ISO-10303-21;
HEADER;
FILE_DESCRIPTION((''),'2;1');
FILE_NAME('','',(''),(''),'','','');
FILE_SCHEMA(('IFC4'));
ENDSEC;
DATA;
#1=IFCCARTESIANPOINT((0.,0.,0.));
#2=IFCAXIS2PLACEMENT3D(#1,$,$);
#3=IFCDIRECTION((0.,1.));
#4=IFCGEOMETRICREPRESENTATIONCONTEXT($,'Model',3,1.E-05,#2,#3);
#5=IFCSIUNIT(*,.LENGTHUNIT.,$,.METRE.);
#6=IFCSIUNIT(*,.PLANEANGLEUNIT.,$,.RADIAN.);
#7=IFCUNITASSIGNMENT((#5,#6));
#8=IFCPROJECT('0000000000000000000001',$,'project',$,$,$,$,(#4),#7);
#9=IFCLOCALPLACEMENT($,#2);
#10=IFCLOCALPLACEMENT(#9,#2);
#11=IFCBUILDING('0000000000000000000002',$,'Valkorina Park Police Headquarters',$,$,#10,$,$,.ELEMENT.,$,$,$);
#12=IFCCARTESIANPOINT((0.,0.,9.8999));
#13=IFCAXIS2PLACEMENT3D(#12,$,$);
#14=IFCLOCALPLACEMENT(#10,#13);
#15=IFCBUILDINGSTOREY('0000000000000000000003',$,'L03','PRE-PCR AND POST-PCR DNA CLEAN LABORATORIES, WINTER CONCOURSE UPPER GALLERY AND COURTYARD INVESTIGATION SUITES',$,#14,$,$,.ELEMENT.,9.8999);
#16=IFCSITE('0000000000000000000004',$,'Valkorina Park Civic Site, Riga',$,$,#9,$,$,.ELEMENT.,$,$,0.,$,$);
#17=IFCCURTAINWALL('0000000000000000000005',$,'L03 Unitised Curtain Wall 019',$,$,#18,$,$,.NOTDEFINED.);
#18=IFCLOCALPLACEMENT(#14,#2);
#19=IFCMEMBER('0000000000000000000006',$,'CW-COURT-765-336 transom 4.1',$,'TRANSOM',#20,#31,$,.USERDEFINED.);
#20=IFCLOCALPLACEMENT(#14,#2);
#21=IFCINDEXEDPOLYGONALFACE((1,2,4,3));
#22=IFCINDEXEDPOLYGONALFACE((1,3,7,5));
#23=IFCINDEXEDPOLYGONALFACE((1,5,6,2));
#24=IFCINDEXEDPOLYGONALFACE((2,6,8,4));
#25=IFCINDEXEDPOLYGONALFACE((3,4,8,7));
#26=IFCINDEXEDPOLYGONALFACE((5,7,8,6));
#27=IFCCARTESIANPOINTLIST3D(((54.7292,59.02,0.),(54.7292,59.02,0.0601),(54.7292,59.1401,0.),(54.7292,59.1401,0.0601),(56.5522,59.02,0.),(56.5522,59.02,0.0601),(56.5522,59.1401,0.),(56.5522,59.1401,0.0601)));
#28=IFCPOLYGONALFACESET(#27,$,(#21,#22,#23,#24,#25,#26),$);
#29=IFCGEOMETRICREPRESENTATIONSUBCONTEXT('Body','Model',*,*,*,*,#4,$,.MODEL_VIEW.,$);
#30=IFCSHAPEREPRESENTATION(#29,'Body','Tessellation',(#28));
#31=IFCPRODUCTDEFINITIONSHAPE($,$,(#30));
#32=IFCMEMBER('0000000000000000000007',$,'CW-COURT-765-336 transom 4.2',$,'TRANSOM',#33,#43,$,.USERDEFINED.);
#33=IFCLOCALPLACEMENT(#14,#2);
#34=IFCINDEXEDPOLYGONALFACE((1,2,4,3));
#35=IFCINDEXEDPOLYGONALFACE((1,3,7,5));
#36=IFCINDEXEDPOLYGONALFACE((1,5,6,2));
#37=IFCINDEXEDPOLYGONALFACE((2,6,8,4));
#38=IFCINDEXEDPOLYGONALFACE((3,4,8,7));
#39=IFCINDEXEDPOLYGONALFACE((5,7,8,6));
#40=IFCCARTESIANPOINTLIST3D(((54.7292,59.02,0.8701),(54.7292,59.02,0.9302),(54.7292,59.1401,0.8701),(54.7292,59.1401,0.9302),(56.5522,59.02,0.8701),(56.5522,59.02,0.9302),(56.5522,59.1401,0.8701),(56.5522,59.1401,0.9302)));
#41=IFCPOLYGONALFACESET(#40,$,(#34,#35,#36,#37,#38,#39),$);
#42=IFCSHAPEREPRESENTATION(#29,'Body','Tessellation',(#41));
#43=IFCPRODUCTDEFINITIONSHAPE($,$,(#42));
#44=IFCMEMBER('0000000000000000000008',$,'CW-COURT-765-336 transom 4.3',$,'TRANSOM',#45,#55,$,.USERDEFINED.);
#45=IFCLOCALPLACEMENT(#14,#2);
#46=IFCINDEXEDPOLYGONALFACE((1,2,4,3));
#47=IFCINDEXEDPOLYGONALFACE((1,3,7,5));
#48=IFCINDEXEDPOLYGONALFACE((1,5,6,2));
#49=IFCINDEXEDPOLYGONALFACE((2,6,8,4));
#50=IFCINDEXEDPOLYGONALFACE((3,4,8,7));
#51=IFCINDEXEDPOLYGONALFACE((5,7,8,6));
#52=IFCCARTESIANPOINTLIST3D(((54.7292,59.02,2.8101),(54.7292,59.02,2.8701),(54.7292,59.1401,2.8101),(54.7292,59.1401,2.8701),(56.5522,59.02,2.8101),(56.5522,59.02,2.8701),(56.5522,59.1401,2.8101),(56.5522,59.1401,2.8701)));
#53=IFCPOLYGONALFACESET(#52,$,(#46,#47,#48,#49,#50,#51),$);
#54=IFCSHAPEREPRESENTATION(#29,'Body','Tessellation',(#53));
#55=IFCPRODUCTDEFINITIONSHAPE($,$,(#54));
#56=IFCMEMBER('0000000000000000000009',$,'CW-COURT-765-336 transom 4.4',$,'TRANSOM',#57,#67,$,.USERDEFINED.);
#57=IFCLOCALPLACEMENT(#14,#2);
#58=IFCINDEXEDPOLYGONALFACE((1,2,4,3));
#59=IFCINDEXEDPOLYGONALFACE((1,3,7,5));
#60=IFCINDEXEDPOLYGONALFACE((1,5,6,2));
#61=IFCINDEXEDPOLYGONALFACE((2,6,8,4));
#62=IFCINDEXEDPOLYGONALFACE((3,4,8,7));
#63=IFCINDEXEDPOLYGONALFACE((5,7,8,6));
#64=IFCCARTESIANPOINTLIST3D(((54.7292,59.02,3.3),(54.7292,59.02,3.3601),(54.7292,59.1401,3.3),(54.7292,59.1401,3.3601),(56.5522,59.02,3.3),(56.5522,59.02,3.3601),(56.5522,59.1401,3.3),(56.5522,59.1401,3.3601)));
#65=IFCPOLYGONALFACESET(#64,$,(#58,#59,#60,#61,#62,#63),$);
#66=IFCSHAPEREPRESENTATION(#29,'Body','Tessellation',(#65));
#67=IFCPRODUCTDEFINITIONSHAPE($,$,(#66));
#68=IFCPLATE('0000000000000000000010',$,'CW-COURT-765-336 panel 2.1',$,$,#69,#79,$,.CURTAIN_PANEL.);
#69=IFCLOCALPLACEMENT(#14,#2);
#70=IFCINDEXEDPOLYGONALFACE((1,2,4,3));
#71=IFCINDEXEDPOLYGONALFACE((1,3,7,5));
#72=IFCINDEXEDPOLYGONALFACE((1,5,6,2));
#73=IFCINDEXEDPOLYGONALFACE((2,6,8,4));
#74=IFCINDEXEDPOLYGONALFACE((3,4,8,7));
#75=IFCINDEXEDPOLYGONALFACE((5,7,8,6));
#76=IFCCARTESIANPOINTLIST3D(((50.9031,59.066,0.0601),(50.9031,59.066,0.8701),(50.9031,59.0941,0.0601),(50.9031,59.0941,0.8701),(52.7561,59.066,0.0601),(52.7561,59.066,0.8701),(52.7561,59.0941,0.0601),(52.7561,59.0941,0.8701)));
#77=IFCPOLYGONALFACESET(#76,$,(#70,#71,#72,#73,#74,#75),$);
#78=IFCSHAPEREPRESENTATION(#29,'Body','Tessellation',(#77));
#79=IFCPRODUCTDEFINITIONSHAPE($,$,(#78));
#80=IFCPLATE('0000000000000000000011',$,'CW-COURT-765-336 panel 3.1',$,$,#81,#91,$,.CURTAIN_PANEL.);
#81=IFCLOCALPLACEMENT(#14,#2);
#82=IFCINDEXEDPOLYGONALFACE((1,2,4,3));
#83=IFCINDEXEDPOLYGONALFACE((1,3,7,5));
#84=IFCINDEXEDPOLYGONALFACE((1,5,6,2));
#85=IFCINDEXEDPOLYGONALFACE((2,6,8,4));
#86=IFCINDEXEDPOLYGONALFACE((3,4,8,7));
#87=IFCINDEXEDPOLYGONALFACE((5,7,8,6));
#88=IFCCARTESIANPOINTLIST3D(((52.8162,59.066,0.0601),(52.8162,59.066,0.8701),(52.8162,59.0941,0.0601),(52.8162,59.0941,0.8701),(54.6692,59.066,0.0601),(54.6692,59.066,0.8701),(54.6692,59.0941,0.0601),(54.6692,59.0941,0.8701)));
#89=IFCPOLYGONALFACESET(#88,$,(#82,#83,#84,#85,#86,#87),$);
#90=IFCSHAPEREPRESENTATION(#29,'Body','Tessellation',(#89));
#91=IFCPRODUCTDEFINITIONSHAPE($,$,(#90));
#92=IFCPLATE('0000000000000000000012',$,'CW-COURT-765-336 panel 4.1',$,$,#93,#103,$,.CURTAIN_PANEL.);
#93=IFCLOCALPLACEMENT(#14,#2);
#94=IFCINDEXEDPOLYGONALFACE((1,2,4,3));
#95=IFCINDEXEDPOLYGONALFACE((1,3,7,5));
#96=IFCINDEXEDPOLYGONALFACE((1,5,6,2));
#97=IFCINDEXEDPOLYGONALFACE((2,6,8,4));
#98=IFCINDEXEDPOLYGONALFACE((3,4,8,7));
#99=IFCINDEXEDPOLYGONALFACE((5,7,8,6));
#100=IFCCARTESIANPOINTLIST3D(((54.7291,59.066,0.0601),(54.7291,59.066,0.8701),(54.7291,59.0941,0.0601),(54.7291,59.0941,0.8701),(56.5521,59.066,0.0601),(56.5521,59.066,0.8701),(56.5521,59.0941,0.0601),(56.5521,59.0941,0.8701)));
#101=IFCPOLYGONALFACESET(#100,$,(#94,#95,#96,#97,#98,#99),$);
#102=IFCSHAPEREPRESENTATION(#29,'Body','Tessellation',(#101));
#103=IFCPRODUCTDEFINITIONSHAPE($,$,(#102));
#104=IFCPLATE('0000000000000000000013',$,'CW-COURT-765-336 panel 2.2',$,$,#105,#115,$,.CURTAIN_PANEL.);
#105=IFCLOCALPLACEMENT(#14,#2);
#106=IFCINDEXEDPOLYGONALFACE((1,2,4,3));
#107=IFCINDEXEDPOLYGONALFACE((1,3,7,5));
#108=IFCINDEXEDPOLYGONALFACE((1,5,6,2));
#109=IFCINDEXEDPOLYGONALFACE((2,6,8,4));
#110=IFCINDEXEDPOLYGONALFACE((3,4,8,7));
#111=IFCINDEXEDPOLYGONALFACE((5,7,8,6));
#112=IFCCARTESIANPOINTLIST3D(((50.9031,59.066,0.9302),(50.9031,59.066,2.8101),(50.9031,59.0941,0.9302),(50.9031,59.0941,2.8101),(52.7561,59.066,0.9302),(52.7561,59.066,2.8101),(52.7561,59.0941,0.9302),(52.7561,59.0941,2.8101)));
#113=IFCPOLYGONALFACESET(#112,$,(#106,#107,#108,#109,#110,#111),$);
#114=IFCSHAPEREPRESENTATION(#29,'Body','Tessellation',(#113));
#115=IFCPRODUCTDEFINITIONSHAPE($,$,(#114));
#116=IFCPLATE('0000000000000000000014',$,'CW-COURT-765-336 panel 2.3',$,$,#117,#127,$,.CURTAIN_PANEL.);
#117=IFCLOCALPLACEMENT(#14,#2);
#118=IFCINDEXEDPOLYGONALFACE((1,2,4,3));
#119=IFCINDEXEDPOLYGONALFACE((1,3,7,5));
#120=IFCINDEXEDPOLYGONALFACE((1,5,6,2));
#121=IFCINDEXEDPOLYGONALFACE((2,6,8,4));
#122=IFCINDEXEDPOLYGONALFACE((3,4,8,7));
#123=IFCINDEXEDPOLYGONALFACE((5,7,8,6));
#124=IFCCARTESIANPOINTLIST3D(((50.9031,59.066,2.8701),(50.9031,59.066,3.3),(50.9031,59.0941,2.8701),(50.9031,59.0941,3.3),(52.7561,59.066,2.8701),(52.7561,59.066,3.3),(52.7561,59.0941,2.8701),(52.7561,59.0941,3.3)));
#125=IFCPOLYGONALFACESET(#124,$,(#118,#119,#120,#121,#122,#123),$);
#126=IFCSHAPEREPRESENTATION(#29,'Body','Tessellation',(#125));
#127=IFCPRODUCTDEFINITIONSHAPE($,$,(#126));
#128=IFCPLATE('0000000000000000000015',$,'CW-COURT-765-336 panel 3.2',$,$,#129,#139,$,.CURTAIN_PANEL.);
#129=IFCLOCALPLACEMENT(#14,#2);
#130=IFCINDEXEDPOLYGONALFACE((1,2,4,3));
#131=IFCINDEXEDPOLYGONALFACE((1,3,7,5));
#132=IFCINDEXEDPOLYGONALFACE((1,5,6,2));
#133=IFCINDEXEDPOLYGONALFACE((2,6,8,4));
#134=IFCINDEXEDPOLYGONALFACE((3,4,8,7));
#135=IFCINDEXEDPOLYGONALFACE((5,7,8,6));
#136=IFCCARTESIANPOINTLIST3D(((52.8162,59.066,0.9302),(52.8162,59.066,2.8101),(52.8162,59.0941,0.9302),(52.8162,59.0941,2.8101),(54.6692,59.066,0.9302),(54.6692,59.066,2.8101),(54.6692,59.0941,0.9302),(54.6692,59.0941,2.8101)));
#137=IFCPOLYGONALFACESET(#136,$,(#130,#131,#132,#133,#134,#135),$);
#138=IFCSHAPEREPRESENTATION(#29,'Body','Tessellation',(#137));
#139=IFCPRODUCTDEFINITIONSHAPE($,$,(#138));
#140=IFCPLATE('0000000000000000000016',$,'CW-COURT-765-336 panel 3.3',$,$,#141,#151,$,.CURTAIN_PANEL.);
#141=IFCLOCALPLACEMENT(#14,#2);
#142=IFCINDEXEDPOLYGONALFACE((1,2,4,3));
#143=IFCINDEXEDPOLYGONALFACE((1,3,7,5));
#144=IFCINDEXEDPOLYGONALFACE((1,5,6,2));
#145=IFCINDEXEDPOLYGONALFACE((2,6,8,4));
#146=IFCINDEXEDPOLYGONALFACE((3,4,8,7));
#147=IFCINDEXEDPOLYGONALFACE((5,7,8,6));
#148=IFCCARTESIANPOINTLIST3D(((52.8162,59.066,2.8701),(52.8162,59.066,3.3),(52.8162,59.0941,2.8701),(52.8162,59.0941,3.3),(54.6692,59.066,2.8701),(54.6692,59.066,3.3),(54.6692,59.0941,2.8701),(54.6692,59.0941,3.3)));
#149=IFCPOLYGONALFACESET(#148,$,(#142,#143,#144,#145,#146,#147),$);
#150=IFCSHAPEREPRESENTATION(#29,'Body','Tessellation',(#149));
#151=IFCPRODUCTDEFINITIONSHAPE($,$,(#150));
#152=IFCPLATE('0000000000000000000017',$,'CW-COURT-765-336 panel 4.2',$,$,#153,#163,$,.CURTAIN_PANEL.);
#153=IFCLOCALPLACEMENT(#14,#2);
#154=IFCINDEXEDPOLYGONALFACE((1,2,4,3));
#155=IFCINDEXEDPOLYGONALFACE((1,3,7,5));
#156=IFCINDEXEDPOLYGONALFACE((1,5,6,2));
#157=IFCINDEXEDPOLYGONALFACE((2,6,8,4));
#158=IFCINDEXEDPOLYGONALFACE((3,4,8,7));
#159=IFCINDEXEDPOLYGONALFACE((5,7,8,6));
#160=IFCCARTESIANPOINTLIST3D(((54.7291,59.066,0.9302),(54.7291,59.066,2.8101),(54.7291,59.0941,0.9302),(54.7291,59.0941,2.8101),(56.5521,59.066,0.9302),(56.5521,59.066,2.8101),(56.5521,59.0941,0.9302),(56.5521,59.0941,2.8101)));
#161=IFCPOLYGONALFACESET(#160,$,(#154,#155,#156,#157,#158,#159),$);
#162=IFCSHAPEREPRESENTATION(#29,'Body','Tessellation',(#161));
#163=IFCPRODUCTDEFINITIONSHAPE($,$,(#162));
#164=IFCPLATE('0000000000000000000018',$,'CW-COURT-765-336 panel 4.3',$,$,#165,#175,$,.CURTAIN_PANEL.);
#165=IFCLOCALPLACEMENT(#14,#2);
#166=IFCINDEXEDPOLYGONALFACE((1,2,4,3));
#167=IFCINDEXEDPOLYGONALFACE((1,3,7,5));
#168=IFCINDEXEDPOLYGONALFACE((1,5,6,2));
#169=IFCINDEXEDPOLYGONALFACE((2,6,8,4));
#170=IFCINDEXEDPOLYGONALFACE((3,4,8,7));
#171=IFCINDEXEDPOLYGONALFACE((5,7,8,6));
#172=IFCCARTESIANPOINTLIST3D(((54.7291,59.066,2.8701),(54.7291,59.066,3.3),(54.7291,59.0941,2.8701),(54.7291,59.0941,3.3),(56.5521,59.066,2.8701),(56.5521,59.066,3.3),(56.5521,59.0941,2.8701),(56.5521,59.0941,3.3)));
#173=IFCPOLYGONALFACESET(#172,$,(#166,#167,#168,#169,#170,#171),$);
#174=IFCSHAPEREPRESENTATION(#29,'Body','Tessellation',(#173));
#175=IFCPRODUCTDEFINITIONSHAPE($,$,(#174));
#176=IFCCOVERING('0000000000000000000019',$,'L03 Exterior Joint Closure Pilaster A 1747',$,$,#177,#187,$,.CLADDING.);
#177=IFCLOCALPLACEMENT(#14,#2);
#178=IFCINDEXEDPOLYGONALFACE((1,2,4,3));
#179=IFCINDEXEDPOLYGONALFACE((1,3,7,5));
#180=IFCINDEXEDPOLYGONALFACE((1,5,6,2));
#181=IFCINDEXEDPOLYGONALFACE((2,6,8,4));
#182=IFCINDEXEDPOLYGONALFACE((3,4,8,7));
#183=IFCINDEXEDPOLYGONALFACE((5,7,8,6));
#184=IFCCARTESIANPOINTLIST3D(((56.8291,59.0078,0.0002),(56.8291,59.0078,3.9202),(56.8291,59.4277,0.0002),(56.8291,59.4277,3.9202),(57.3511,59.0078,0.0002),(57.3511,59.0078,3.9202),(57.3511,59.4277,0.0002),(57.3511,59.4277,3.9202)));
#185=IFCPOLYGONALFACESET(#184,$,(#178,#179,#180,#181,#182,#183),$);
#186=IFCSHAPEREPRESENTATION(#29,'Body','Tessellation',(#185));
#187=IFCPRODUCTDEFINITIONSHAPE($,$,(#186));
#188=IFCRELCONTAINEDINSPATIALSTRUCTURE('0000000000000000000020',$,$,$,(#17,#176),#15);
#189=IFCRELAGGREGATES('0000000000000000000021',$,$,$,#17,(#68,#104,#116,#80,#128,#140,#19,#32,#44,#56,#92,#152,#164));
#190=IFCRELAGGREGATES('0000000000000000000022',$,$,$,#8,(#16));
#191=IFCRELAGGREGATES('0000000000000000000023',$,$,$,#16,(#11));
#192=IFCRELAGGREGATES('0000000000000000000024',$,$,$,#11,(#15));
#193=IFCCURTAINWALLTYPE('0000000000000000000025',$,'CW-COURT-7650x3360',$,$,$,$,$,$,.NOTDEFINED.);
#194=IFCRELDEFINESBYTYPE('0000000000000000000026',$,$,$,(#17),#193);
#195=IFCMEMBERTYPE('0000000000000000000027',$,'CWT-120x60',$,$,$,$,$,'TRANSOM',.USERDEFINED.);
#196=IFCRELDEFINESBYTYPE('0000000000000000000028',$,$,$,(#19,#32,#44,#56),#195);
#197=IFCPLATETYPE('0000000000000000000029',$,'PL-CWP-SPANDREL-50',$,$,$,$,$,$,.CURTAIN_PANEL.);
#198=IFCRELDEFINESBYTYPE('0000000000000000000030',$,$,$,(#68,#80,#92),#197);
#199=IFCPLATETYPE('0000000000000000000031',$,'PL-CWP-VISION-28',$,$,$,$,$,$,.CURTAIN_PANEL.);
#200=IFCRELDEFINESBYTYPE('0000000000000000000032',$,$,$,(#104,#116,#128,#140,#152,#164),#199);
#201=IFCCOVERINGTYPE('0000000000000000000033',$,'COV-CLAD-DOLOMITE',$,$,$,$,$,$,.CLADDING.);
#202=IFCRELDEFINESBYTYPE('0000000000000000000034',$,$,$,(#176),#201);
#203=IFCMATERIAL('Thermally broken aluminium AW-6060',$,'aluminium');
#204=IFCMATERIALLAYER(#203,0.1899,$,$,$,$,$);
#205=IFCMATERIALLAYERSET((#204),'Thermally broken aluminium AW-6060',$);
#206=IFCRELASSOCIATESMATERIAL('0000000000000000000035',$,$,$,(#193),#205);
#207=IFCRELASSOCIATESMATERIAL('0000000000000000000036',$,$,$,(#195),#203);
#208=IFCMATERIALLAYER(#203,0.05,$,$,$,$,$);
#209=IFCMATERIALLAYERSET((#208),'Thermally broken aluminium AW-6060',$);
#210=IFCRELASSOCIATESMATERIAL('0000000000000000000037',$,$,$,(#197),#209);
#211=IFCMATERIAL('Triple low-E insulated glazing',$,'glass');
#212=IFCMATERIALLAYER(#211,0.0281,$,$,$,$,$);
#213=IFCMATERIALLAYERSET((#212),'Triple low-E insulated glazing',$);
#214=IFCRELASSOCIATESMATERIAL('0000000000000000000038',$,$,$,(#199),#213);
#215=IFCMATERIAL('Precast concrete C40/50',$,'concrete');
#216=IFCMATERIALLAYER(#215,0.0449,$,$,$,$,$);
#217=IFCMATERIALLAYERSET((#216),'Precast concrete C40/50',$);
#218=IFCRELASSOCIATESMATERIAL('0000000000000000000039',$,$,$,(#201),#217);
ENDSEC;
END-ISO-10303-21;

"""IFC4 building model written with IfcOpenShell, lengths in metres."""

from ifc_helpers import new_model, si_unit, direction, frame, origin, origin_2d, place, context, subcontext, project, spatial, rectangle, extrude, material, layer, layer_set, material_profile, profile_set, type_object, element, aggregate, save


model = new_model("IFC4")

# Units and contexts
model_context = context("Model", 3, precision=1e-05, world=origin(), true_north=direction((0.0, 1.0)))
body_context = subcontext(model_context, "Body", "Model", "MODEL_VIEW")
ifc_project = project(units=[si_unit("LENGTHUNIT", "METRE"), si_unit("PLANEANGLEUNIT", "RADIAN")], contexts=[model_context])

# Site, building, storey
site_placement = place(None, origin())
site = spatial("IfcSite", under=ifc_project, at=site_placement, Name="Valkorina Park Civic Site, Riga", CompositionType="ELEMENT", RefElevation=0.0)
building_placement = place(site_placement, origin())
building = spatial("IfcBuilding", under=site, at=building_placement, Name="Valkorina Park Police Headquarters", CompositionType="ELEMENT")
storey_placement = place(building_placement, frame((0.0, 0.0, 9.8999)))
storey = spatial("IfcBuildingStorey", under=building, at=storey_placement, Name="L03", Description="PRE-PCR AND POST-PCR DNA CLEAN LABORATORIES, WINTER CONCOURSE UPPER GALLERY AND COURTYARD INVESTIGATION SUITES", CompositionType="ELEMENT", Elevation=9.8999)

# Curtain wall, members, plates
ifc_material_1 = material(Name="Thermally broken aluminium AW-6060", Category="aluminium")
ifc_layer_1 = layer(ifc_material_1, 0.1899)
ifc_layer_set_1 = layer_set([ifc_layer_1], Name="Thermally broken aluminium AW-6060")
curtain_wall_type = type_object("IfcCurtainWallType", Name="CW-COURT-7650x3360", PredefinedType="NOTDEFINED", material=ifc_layer_set_1)
curtain_wall_placement = place(storey_placement, origin())
curtain_wall = element("IfcCurtainWall", 1, at=curtain_wall_placement, inside=storey, type_object=curtain_wall_type, Name="L03 Unitised Curtain Wall 019", PredefinedType="NOTDEFINED")
ifc_material_profile_1 = material_profile(ifc_material_1, rectangle(XDim=0.1201, YDim=0.0601, at=origin_2d()), Name="CWT-01 120x60")
ifc_profile_set_1 = profile_set([ifc_material_profile_1], Name="Thermally broken aluminium AW-6060")
member_type_1 = type_object("IfcMemberType", Name="CWT-120x60", ElementType="TRANSOM", PredefinedType="USERDEFINED", material=ifc_profile_set_1)
member_1_placement = place(storey_placement, frame((54.7292, 59.0801, 0.03), z_axis=(1.0, 0.0, 0.0), x_axis=(0.0, 1.0, 0.0)))
member_1 = element("IfcMember", 2, at=member_1_placement, type_object=member_type_1, Name="CW-COURT-765-336 transom 4.1", ObjectType="TRANSOM", PredefinedType="USERDEFINED", context=body_context, shape_type="SweptSolid", body=[
    extrude(rectangle(XDim=0.1201, YDim=0.0601, at=origin_2d()), origin(), (0.0, 0.0, 1.0), 1.823),
])
member_2_placement = place(storey_placement, frame((54.7292, 59.0801, 0.9001), z_axis=(1.0, 0.0, 0.0), x_axis=(0.0, 1.0, 0.0)))
member_2 = element("IfcMember", 3, at=member_2_placement, type_object=member_type_1, Name="CW-COURT-765-336 transom 4.2", ObjectType="TRANSOM", PredefinedType="USERDEFINED", context=body_context, shape_type="SweptSolid", body=[
    extrude(rectangle(XDim=0.1201, YDim=0.0601, at=origin_2d()), origin(), (0.0, 0.0, 1.0), 1.823),
])
member_3_placement = place(storey_placement, frame((54.7292, 59.0801, 2.8401), z_axis=(1.0, 0.0, 0.0), x_axis=(0.0, 1.0, 0.0)))
member_3 = element("IfcMember", 4, at=member_3_placement, type_object=member_type_1, Name="CW-COURT-765-336 transom 4.3", ObjectType="TRANSOM", PredefinedType="USERDEFINED", context=body_context, shape_type="SweptSolid", body=[
    extrude(rectangle(XDim=0.1201, YDim=0.0601, at=origin_2d()), origin(), (0.0, 0.0, 1.0), 1.823),
])
member_4_placement = place(storey_placement, frame((54.7292, 59.0801, 3.3301), z_axis=(1.0, 0.0, 0.0), x_axis=(0.0, 1.0, 0.0)))
member_4 = element("IfcMember", 5, at=member_4_placement, type_object=member_type_1, Name="CW-COURT-765-336 transom 4.4", ObjectType="TRANSOM", PredefinedType="USERDEFINED", context=body_context, shape_type="SweptSolid", body=[
    extrude(rectangle(XDim=0.1201, YDim=0.0601, at=origin_2d()), origin(), (0.0, 0.0, 1.0), 1.823),
])
ifc_layer_2 = layer(ifc_material_1, 0.05)
ifc_layer_set_2 = layer_set([ifc_layer_2], Name="Thermally broken aluminium AW-6060")
plate_type_1 = type_object("IfcPlateType", Name="PL-CWP-SPANDREL-50", PredefinedType="CURTAIN_PANEL", material=ifc_layer_set_2)
plate_1_placement = place(storey_placement, frame((51.8296, 59.0801, 0.0601), z_axis=(0.0, 0.0, 1.0), x_axis=(1.0, 0.0, 0.0)))
plate_1 = element("IfcPlate", 6, at=plate_1_placement, type_object=plate_type_1, Name="CW-COURT-765-336 panel 2.1", PredefinedType="CURTAIN_PANEL", context=body_context, shape_type="SweptSolid", body=[
    extrude(rectangle(XDim=1.853, YDim=0.0281, at=origin_2d()), origin(), (0.0, 0.0, 1.0), 0.8101),
])
plate_2_placement = place(storey_placement, frame((53.7427, 59.0801, 0.0601), z_axis=(0.0, 0.0, 1.0), x_axis=(1.0, 0.0, 0.0)))
plate_2 = element("IfcPlate", 7, at=plate_2_placement, type_object=plate_type_1, Name="CW-COURT-765-336 panel 3.1", PredefinedType="CURTAIN_PANEL", context=body_context, shape_type="SweptSolid", body=[
    extrude(rectangle(XDim=1.853, YDim=0.0281, at=origin_2d()), origin(), (0.0, 0.0, 1.0), 0.8101),
])
plate_3_placement = place(storey_placement, frame((55.6406, 59.0801, 0.0601), z_axis=(0.0, 0.0, 1.0), x_axis=(1.0, 0.0, 0.0)))
plate_3 = element("IfcPlate", 8, at=plate_3_placement, type_object=plate_type_1, Name="CW-COURT-765-336 panel 4.1", PredefinedType="CURTAIN_PANEL", context=body_context, shape_type="SweptSolid", body=[
    extrude(rectangle(XDim=1.823, YDim=0.0281, at=origin_2d()), origin(), (0.0, 0.0, 1.0), 0.8101),
])
ifc_material_2 = material(Name="Triple low-E insulated glazing", Category="glass")
ifc_layer_3 = layer(ifc_material_2, 0.0281)
ifc_layer_set_3 = layer_set([ifc_layer_3], Name="Triple low-E insulated glazing")
plate_type_2 = type_object("IfcPlateType", Name="PL-CWP-VISION-28", PredefinedType="CURTAIN_PANEL", material=ifc_layer_set_3)
plate_4_placement = place(storey_placement, frame((51.8296, 59.0801, 0.9302), z_axis=(0.0, 0.0, 1.0), x_axis=(1.0, 0.0, 0.0)))
plate_4 = element("IfcPlate", 9, at=plate_4_placement, type_object=plate_type_2, Name="CW-COURT-765-336 panel 2.2", PredefinedType="CURTAIN_PANEL", context=body_context, shape_type="SweptSolid", body=[
    extrude(rectangle(XDim=1.853, YDim=0.0281, at=origin_2d()), origin(), (0.0, 0.0, 1.0), 1.8799),
])
plate_5_placement = place(storey_placement, frame((51.8296, 59.0801, 2.8701), z_axis=(0.0, 0.0, 1.0), x_axis=(1.0, 0.0, 0.0)))
plate_5 = element("IfcPlate", 10, at=plate_5_placement, type_object=plate_type_2, Name="CW-COURT-765-336 panel 2.3", PredefinedType="CURTAIN_PANEL", context=body_context, shape_type="SweptSolid", body=[
    extrude(rectangle(XDim=1.853, YDim=0.0281, at=origin_2d()), origin(), (0.0, 0.0, 1.0), 0.4299),
])
plate_6_placement = place(storey_placement, frame((53.7427, 59.0801, 0.9302), z_axis=(0.0, 0.0, 1.0), x_axis=(1.0, 0.0, 0.0)))
plate_6 = element("IfcPlate", 11, at=plate_6_placement, type_object=plate_type_2, Name="CW-COURT-765-336 panel 3.2", PredefinedType="CURTAIN_PANEL", context=body_context, shape_type="SweptSolid", body=[
    extrude(rectangle(XDim=1.853, YDim=0.0281, at=origin_2d()), origin(), (0.0, 0.0, 1.0), 1.8799),
])
plate_7_placement = place(storey_placement, frame((53.7427, 59.0801, 2.8701), z_axis=(0.0, 0.0, 1.0), x_axis=(1.0, 0.0, 0.0)))
plate_7 = element("IfcPlate", 12, at=plate_7_placement, type_object=plate_type_2, Name="CW-COURT-765-336 panel 3.3", PredefinedType="CURTAIN_PANEL", context=body_context, shape_type="SweptSolid", body=[
    extrude(rectangle(XDim=1.853, YDim=0.0281, at=origin_2d()), origin(), (0.0, 0.0, 1.0), 0.4299),
])
plate_8_placement = place(storey_placement, frame((55.6406, 59.0801, 0.9302), z_axis=(0.0, 0.0, 1.0), x_axis=(1.0, 0.0, 0.0)))
plate_8 = element("IfcPlate", 13, at=plate_8_placement, type_object=plate_type_2, Name="CW-COURT-765-336 panel 4.2", PredefinedType="CURTAIN_PANEL", context=body_context, shape_type="SweptSolid", body=[
    extrude(rectangle(XDim=1.823, YDim=0.0281, at=origin_2d()), origin(), (0.0, 0.0, 1.0), 1.8799),
])
plate_9_placement = place(storey_placement, frame((55.6406, 59.0801, 2.8701), z_axis=(0.0, 0.0, 1.0), x_axis=(1.0, 0.0, 0.0)))
plate_9 = element("IfcPlate", 14, at=plate_9_placement, type_object=plate_type_2, Name="CW-COURT-765-336 panel 4.3", PredefinedType="CURTAIN_PANEL", context=body_context, shape_type="SweptSolid", body=[
    extrude(rectangle(XDim=1.823, YDim=0.0281, at=origin_2d()), origin(), (0.0, 0.0, 1.0), 0.4299),
])
aggregate(curtain_wall, [plate_1, plate_4, plate_5, plate_2, plate_6, plate_7, member_1, member_2, member_3, member_4, plate_3, plate_8, plate_9])

# Covering
ifc_material_3 = material(Name="Precast concrete C40/50", Category="concrete")
ifc_layer_4 = layer(ifc_material_3, 0.0449)
ifc_layer_set_4 = layer_set([ifc_layer_4], Name="Precast concrete C40/50")
covering_type = type_object("IfcCoveringType", Name="COV-CLAD-DOLOMITE", PredefinedType="CLADDING", material=ifc_layer_set_4)
covering_1_placement = place(storey_placement, frame((57.0901, 59.2178, 0.0002), z_axis=(0.0, 0.0, 1.0), x_axis=(0.0, 1.0, 0.0)))
element("IfcCovering", 15, at=covering_1_placement, inside=storey, type_object=covering_type, Name="L03 Exterior Joint Closure Pilaster A 1747", PredefinedType="CLADDING", context=body_context, shape_type="SweptSolid", body=[
    extrude(rectangle(XDim=0.4199, YDim=0.522, at=origin_2d()), origin(), (0.0, 0.0, 1.0), 3.9199),
])

save(model, "model.ifc")
